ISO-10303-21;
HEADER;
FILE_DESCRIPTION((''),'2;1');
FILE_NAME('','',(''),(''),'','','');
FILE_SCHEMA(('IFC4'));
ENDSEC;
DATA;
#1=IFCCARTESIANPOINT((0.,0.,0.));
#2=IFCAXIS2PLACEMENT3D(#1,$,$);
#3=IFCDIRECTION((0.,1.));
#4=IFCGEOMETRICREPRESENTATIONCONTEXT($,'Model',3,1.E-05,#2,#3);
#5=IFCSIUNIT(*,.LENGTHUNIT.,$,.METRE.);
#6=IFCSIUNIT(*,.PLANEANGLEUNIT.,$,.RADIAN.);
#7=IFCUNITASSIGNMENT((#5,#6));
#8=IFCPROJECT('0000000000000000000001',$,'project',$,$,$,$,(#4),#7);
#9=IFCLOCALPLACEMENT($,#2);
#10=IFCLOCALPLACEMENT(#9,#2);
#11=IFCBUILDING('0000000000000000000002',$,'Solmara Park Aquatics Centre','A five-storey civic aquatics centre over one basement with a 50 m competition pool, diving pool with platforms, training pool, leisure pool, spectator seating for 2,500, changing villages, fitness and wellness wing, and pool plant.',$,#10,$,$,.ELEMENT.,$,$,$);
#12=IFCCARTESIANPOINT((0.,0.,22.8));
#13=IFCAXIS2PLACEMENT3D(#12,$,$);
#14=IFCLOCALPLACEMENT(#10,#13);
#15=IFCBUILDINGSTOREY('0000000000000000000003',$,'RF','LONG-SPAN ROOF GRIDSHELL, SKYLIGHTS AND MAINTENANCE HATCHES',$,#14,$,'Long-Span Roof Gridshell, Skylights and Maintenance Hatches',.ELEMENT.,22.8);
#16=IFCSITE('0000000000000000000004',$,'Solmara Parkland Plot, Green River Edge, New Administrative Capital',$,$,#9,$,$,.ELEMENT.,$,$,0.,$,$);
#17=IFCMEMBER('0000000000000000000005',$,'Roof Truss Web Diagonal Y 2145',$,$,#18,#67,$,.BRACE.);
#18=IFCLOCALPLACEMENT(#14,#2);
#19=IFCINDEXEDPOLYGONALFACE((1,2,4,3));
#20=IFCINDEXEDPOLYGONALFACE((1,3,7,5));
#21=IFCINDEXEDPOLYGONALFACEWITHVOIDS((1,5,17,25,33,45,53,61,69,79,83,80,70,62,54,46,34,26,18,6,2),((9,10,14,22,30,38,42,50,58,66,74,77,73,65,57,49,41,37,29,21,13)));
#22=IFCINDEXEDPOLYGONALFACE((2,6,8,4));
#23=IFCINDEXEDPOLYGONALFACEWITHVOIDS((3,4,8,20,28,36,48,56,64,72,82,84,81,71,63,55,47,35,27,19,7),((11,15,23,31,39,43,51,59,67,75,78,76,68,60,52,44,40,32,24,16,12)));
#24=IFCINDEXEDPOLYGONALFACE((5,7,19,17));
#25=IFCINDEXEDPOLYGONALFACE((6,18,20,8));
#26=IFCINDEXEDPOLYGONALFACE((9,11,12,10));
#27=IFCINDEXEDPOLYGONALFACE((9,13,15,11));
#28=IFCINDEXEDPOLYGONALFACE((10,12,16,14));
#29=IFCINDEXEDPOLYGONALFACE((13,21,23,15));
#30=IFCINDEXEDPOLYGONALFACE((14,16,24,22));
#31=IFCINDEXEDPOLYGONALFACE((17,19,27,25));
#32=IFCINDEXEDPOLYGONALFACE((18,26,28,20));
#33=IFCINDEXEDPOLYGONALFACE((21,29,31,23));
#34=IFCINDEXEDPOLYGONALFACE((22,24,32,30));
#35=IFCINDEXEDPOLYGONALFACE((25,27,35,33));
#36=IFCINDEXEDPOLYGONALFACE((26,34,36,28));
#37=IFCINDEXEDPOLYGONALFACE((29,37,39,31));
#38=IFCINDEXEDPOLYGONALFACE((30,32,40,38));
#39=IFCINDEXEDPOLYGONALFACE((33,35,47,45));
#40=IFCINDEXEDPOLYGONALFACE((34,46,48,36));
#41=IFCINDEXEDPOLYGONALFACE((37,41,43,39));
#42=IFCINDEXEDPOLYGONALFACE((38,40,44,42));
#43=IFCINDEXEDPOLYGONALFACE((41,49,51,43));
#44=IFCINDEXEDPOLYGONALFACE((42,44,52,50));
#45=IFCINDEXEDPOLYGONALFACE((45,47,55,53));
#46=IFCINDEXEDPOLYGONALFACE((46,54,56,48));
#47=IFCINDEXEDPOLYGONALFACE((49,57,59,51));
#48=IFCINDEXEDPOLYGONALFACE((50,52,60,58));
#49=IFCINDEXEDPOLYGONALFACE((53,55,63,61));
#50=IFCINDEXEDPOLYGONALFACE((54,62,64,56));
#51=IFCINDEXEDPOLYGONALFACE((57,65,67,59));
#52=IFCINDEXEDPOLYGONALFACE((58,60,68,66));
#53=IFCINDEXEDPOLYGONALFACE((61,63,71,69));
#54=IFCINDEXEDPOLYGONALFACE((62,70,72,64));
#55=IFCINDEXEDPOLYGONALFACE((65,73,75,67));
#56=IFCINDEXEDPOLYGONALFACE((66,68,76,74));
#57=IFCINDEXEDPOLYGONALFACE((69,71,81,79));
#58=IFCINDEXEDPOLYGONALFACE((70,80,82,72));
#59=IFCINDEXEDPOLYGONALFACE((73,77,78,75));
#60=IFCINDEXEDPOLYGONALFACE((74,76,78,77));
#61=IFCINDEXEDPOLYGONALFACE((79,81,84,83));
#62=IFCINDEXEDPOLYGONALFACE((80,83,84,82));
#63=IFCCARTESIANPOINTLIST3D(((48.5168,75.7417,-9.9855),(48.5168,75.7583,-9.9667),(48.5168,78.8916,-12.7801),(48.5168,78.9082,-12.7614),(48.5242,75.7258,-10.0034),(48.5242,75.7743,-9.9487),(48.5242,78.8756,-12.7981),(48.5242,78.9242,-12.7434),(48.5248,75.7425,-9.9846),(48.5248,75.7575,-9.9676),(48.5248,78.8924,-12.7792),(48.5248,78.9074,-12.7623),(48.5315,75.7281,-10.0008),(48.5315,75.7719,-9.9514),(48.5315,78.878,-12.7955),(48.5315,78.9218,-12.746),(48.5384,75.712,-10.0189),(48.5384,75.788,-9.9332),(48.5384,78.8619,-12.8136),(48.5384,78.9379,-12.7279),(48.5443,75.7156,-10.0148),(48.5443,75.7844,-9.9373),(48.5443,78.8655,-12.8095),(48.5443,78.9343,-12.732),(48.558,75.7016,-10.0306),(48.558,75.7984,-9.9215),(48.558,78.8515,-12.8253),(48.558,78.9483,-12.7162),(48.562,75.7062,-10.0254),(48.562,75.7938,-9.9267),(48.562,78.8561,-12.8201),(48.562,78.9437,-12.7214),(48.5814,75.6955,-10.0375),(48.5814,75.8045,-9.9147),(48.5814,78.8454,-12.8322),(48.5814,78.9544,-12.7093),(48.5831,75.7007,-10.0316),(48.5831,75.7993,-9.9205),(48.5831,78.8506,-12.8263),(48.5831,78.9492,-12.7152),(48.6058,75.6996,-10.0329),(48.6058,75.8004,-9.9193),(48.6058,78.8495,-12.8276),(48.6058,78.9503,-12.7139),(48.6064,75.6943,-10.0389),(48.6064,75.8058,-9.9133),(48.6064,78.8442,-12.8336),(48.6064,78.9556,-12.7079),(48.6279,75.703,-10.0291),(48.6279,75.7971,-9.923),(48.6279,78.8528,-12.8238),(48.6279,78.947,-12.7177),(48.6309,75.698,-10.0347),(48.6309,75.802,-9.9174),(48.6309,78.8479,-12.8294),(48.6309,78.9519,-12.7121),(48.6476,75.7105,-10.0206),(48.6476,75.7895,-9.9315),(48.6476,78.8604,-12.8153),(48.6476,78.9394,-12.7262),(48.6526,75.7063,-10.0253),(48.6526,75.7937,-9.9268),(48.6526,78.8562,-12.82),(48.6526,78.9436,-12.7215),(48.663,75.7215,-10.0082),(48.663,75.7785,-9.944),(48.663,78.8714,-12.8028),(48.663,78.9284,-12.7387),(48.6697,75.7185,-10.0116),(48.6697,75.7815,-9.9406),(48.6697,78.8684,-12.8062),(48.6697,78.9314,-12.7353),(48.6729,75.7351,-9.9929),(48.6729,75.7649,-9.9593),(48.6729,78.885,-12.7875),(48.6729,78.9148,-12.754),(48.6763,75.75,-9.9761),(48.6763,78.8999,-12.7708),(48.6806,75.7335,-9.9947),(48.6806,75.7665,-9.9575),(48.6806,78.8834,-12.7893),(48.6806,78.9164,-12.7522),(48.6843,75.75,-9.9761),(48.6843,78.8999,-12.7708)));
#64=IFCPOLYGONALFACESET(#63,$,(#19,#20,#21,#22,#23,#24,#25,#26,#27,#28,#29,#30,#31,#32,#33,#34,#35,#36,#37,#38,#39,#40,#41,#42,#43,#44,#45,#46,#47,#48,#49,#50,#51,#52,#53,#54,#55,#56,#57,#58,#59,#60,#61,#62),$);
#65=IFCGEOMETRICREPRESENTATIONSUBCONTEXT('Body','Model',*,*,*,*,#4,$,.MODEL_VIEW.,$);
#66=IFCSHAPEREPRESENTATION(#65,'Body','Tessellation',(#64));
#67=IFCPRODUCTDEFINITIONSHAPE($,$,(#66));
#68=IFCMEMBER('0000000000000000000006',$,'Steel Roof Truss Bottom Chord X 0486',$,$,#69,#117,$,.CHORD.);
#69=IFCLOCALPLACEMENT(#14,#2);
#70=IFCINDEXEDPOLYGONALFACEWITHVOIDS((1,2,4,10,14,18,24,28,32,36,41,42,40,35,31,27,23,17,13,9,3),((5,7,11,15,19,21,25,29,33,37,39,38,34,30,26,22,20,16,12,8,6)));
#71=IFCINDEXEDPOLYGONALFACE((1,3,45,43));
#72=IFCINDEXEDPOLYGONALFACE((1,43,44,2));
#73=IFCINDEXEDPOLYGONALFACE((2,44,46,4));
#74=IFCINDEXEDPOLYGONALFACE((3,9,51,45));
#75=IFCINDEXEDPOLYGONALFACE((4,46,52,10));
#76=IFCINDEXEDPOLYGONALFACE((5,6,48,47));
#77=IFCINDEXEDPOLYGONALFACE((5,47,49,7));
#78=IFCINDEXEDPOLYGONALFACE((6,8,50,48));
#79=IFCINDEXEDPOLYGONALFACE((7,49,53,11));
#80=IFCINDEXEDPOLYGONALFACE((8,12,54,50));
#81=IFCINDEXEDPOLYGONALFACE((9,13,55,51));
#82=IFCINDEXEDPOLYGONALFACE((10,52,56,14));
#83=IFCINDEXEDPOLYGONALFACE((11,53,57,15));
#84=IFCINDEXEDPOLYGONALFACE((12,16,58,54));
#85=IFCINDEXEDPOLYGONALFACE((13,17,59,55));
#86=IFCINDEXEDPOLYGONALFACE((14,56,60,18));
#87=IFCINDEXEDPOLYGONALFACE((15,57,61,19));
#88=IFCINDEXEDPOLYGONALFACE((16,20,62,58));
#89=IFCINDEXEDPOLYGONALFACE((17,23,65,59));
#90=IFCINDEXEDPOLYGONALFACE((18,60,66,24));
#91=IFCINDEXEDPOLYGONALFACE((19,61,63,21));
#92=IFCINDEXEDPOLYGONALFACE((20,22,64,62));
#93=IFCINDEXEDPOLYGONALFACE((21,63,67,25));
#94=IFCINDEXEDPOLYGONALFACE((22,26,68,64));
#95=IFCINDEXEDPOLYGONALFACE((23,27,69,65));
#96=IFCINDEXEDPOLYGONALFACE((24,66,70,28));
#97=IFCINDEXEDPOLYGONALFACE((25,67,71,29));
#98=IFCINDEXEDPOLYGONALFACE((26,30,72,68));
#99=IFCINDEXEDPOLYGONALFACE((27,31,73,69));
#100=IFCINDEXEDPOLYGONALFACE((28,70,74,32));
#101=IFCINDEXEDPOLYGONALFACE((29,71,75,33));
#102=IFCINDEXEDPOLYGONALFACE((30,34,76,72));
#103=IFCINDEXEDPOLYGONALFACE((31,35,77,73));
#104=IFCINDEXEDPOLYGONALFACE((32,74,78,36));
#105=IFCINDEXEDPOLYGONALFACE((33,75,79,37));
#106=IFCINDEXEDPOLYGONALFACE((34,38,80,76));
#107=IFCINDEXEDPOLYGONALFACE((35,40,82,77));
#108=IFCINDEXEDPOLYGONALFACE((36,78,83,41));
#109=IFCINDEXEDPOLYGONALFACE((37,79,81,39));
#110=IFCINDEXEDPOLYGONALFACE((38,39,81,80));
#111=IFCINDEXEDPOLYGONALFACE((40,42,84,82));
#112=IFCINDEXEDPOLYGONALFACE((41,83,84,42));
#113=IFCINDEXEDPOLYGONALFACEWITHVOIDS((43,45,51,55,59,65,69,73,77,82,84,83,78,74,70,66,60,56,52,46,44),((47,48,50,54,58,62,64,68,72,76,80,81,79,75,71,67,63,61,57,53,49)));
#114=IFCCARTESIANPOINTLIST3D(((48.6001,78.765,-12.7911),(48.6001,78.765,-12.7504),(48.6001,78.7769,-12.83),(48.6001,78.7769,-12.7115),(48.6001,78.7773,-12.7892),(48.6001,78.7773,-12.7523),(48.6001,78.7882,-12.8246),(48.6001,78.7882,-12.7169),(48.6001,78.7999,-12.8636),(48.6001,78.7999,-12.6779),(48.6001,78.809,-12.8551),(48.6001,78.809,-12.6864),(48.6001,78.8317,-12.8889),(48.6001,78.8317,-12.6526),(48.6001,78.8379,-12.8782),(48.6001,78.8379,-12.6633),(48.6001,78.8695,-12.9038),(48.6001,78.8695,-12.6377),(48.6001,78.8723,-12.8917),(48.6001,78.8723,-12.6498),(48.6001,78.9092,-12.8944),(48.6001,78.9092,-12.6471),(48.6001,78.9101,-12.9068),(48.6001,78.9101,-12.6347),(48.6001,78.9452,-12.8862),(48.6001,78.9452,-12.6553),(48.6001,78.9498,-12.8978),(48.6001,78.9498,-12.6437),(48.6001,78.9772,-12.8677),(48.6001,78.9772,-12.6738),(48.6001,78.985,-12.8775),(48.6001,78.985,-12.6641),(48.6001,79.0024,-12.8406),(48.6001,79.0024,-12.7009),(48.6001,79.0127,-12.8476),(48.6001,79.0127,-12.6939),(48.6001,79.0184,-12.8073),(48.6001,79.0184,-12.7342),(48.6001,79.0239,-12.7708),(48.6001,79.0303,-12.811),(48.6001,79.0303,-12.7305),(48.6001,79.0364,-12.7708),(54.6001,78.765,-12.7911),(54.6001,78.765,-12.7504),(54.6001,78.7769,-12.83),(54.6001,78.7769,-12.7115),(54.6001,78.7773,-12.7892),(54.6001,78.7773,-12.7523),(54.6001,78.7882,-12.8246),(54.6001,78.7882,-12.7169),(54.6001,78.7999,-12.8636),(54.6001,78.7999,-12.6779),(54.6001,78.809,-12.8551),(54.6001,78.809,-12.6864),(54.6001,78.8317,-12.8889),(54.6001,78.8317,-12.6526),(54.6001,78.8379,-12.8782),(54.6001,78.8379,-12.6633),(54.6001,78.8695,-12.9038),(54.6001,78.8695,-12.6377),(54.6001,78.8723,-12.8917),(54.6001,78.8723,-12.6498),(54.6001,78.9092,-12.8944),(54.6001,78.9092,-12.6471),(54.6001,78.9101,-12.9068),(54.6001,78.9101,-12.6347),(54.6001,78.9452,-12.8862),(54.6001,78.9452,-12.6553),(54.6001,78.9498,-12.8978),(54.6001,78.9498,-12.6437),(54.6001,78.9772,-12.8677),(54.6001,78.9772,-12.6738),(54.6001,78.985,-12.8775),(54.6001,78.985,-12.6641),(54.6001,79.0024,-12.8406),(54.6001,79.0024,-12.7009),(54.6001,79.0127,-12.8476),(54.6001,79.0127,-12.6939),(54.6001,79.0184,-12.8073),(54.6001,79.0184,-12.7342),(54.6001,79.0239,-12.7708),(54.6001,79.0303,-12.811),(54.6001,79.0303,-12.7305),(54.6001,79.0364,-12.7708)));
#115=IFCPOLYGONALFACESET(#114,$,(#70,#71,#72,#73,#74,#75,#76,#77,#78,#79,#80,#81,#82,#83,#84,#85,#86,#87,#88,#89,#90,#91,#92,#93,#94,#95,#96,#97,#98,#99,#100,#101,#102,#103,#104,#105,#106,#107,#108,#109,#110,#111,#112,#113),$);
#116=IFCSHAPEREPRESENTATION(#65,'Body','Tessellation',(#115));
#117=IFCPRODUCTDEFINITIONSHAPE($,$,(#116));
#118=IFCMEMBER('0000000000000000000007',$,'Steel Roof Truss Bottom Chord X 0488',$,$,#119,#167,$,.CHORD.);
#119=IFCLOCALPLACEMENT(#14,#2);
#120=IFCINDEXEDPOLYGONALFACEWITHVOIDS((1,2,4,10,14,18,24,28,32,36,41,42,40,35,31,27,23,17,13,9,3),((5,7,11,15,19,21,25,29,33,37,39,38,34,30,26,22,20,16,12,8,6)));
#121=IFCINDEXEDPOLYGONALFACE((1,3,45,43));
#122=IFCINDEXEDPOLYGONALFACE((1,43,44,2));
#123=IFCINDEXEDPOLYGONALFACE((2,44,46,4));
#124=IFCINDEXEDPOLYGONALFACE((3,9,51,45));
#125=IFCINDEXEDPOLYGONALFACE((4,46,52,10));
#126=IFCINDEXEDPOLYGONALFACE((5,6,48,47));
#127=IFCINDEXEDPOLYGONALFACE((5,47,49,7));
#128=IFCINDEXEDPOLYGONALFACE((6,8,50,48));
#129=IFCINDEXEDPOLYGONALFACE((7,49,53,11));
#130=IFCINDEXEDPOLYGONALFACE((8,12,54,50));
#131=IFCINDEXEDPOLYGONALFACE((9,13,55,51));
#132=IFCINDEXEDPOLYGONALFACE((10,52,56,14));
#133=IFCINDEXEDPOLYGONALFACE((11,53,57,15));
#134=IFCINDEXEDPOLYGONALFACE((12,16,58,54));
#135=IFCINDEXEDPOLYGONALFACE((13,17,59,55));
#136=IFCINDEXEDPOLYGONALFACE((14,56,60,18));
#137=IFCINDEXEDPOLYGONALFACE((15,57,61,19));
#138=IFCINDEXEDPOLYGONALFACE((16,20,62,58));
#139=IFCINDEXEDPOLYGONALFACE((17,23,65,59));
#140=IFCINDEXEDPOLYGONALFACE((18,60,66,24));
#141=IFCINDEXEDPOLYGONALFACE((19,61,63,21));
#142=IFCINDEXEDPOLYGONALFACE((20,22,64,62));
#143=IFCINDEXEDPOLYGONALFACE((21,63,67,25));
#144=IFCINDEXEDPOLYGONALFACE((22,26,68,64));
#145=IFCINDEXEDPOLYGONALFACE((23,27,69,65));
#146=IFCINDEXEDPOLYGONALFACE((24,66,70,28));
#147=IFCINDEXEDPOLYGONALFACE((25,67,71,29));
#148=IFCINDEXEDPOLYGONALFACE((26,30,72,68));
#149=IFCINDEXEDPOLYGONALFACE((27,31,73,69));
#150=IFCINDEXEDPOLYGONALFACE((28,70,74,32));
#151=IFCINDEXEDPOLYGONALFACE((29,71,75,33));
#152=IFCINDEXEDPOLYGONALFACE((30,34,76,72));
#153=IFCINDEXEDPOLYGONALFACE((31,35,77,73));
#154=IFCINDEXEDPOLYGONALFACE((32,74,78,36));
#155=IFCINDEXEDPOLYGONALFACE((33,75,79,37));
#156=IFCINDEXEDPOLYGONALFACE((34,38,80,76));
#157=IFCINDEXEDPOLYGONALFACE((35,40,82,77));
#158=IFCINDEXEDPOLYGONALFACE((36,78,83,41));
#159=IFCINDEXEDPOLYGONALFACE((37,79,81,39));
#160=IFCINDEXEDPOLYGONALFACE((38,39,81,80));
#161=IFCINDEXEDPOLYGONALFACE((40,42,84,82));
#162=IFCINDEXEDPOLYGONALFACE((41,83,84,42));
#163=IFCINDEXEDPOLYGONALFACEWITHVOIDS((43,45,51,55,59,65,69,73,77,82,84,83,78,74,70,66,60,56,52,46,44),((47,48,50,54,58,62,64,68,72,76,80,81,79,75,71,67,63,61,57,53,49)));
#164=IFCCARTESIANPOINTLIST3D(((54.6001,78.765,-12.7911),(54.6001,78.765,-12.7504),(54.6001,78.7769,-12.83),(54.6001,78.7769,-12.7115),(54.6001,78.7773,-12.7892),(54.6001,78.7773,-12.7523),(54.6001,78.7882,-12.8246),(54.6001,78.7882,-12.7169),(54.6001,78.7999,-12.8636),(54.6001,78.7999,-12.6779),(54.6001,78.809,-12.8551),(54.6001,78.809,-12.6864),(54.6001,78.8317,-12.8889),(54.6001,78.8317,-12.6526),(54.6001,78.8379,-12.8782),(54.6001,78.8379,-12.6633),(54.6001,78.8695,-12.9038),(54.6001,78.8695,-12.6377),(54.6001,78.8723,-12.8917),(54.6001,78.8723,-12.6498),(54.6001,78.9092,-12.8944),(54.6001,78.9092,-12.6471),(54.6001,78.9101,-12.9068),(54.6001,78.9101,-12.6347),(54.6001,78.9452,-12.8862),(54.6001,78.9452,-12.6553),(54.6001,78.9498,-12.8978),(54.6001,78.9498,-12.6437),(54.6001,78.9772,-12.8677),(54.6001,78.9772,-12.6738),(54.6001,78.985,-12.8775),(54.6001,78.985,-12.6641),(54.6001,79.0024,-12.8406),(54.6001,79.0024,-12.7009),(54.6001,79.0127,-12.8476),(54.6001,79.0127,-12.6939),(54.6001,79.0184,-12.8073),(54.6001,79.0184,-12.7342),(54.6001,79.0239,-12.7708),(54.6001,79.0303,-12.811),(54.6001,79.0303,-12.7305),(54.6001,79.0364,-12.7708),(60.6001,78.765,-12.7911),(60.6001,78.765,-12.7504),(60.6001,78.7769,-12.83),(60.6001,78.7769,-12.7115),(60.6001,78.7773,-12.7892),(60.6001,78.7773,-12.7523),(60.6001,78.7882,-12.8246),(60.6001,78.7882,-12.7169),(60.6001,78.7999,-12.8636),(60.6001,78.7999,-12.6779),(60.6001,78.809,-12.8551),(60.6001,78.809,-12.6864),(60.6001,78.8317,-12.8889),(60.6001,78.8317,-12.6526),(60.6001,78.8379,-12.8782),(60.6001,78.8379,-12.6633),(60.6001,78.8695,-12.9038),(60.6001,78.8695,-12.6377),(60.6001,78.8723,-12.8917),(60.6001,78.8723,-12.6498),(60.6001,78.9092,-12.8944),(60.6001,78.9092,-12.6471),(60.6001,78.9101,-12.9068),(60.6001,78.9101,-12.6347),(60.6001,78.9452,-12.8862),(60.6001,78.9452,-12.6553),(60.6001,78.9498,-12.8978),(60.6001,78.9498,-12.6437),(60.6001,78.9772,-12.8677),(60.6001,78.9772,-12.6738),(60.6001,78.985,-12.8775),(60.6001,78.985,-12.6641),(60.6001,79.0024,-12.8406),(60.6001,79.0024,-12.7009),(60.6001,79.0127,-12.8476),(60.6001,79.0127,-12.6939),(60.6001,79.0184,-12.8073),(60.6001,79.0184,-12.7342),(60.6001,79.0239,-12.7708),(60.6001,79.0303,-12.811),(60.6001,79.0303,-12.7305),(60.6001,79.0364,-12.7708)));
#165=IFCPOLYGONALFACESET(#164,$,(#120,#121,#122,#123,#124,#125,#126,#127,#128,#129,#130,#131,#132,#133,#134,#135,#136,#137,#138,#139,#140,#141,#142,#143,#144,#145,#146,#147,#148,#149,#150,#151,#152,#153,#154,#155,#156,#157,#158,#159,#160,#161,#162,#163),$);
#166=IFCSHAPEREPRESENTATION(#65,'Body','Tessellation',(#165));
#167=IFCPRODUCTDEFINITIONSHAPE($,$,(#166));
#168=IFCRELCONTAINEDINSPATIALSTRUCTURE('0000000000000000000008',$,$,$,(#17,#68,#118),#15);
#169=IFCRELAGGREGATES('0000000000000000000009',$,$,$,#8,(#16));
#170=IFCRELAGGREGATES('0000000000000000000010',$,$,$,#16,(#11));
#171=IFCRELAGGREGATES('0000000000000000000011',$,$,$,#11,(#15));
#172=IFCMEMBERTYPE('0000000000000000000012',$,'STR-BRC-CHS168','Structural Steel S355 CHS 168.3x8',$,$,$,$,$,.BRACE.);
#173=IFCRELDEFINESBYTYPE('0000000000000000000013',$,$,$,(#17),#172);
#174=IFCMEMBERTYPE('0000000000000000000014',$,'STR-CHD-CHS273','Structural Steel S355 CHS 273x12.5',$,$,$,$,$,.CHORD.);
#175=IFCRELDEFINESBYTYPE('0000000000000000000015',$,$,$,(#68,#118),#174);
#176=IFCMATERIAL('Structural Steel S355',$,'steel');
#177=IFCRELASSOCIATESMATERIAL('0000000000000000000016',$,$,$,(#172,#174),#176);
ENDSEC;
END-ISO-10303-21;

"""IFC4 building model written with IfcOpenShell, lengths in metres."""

from ifc_helpers import new_model, si_unit, direction, frame, origin, origin_2d, place, context, subcontext, project, spatial, hollow_circle, extrude, material, material_profile, profile_set, type_object, element, save


model = new_model("IFC4")

# Units and contexts
model_context = context("Model", 3, precision=1e-05, world=origin(), true_north=direction((0.0, 1.0)))
body_context = subcontext(model_context, "Body", "Model", "MODEL_VIEW")
ifc_project = project(units=[si_unit("LENGTHUNIT", "METRE"), si_unit("PLANEANGLEUNIT", "RADIAN")], contexts=[model_context])

# Site, building, storey
site_placement = place(None, origin())
site = spatial("IfcSite", under=ifc_project, at=site_placement, Name="Solmara Parkland Plot, Green River Edge, New Administrative Capital", CompositionType="ELEMENT", RefElevation=0.0)
building_placement = place(site_placement, origin())
building = spatial("IfcBuilding", under=site, at=building_placement, Name="Solmara Park Aquatics Centre", Description="A five-storey civic aquatics centre over one basement with a 50 m competition pool, diving pool with platforms, training pool, leisure pool, spectator seating for 2,500, changing villages, fitness and wellness wing, and pool plant.", CompositionType="ELEMENT")
storey_placement = place(building_placement, frame((0.0, 0.0, 22.8)))
storey = spatial("IfcBuildingStorey", under=building, at=storey_placement, Name="RF", Description="LONG-SPAN ROOF GRIDSHELL, SKYLIGHTS AND MAINTENANCE HATCHES", LongName="Long-Span Roof Gridshell, Skylights and Maintenance Hatches", CompositionType="ELEMENT", Elevation=22.8)

# Members
ifc_material_1 = material(Name="Structural Steel S355", Category="steel")
ifc_material_profile_1 = material_profile(ifc_material_1, hollow_circle(Radius=0.0842, WallThickness=0.0081, at=origin_2d()), Name="CHS 168.3x8")
ifc_profile_set_1 = profile_set([ifc_material_profile_1], Name="Structural Steel S355")
member_type_1 = type_object("IfcMemberType", Name="STR-BRC-CHS168", Description="Structural Steel S355 CHS 168.3x8", PredefinedType="BRACE", material=ifc_profile_set_1)
member_1_placement = place(storey_placement, frame((48.6001, 78.8999, -12.7708), z_axis=(0.0, -0.748026, 0.663669), x_axis=(1.0, 0.0, 0.0)))
element("IfcMember", 1, at=member_1_placement, inside=storey, type_object=member_type_1, Name="Roof Truss Web Diagonal Y 2145", PredefinedType="BRACE", context=body_context, shape_type="SweptSolid", body=[
    extrude(hollow_circle(Radius=0.0842, WallThickness=0.0081, at=origin_2d()), origin(), (0.0, 0.0, 1.0), 4.2109),
])
ifc_material_profile_2 = material_profile(ifc_material_1, hollow_circle(Radius=0.1365, WallThickness=0.0125, at=origin_2d()), Name="CHS 273x12.5")
ifc_profile_set_2 = profile_set([ifc_material_profile_2], Name="Structural Steel S355")
member_type_2 = type_object("IfcMemberType", Name="STR-CHD-CHS273", Description="Structural Steel S355 CHS 273x12.5", PredefinedType="CHORD", material=ifc_profile_set_2)
for number, where, z_axis, x_axis, name in (
    (2, (48.6001, 78.8999, -12.7708), (1.0, 0.0, 0.0), (0.0, 1.0, 0.0), "Steel Roof Truss Bottom Chord X 0486"),
    (3, (54.6001, 78.8999, -12.7708), (1.0, 0.0, 0.0), (0.0, 1.0, 0.0), "Steel Roof Truss Bottom Chord X 0488"),
):
    element("IfcMember", number, at=place(storey_placement, frame(where, z_axis=z_axis, x_axis=x_axis)), inside=storey, type_object=member_type_2, Name=name, PredefinedType="CHORD", context=body_context, shape_type="SweptSolid", body=[
        extrude(hollow_circle(Radius=0.1365, WallThickness=0.0125, at=origin_2d()), origin(), (0.0, 0.0, 1.0), 6.0),
    ])

save(model, "model.ifc")
